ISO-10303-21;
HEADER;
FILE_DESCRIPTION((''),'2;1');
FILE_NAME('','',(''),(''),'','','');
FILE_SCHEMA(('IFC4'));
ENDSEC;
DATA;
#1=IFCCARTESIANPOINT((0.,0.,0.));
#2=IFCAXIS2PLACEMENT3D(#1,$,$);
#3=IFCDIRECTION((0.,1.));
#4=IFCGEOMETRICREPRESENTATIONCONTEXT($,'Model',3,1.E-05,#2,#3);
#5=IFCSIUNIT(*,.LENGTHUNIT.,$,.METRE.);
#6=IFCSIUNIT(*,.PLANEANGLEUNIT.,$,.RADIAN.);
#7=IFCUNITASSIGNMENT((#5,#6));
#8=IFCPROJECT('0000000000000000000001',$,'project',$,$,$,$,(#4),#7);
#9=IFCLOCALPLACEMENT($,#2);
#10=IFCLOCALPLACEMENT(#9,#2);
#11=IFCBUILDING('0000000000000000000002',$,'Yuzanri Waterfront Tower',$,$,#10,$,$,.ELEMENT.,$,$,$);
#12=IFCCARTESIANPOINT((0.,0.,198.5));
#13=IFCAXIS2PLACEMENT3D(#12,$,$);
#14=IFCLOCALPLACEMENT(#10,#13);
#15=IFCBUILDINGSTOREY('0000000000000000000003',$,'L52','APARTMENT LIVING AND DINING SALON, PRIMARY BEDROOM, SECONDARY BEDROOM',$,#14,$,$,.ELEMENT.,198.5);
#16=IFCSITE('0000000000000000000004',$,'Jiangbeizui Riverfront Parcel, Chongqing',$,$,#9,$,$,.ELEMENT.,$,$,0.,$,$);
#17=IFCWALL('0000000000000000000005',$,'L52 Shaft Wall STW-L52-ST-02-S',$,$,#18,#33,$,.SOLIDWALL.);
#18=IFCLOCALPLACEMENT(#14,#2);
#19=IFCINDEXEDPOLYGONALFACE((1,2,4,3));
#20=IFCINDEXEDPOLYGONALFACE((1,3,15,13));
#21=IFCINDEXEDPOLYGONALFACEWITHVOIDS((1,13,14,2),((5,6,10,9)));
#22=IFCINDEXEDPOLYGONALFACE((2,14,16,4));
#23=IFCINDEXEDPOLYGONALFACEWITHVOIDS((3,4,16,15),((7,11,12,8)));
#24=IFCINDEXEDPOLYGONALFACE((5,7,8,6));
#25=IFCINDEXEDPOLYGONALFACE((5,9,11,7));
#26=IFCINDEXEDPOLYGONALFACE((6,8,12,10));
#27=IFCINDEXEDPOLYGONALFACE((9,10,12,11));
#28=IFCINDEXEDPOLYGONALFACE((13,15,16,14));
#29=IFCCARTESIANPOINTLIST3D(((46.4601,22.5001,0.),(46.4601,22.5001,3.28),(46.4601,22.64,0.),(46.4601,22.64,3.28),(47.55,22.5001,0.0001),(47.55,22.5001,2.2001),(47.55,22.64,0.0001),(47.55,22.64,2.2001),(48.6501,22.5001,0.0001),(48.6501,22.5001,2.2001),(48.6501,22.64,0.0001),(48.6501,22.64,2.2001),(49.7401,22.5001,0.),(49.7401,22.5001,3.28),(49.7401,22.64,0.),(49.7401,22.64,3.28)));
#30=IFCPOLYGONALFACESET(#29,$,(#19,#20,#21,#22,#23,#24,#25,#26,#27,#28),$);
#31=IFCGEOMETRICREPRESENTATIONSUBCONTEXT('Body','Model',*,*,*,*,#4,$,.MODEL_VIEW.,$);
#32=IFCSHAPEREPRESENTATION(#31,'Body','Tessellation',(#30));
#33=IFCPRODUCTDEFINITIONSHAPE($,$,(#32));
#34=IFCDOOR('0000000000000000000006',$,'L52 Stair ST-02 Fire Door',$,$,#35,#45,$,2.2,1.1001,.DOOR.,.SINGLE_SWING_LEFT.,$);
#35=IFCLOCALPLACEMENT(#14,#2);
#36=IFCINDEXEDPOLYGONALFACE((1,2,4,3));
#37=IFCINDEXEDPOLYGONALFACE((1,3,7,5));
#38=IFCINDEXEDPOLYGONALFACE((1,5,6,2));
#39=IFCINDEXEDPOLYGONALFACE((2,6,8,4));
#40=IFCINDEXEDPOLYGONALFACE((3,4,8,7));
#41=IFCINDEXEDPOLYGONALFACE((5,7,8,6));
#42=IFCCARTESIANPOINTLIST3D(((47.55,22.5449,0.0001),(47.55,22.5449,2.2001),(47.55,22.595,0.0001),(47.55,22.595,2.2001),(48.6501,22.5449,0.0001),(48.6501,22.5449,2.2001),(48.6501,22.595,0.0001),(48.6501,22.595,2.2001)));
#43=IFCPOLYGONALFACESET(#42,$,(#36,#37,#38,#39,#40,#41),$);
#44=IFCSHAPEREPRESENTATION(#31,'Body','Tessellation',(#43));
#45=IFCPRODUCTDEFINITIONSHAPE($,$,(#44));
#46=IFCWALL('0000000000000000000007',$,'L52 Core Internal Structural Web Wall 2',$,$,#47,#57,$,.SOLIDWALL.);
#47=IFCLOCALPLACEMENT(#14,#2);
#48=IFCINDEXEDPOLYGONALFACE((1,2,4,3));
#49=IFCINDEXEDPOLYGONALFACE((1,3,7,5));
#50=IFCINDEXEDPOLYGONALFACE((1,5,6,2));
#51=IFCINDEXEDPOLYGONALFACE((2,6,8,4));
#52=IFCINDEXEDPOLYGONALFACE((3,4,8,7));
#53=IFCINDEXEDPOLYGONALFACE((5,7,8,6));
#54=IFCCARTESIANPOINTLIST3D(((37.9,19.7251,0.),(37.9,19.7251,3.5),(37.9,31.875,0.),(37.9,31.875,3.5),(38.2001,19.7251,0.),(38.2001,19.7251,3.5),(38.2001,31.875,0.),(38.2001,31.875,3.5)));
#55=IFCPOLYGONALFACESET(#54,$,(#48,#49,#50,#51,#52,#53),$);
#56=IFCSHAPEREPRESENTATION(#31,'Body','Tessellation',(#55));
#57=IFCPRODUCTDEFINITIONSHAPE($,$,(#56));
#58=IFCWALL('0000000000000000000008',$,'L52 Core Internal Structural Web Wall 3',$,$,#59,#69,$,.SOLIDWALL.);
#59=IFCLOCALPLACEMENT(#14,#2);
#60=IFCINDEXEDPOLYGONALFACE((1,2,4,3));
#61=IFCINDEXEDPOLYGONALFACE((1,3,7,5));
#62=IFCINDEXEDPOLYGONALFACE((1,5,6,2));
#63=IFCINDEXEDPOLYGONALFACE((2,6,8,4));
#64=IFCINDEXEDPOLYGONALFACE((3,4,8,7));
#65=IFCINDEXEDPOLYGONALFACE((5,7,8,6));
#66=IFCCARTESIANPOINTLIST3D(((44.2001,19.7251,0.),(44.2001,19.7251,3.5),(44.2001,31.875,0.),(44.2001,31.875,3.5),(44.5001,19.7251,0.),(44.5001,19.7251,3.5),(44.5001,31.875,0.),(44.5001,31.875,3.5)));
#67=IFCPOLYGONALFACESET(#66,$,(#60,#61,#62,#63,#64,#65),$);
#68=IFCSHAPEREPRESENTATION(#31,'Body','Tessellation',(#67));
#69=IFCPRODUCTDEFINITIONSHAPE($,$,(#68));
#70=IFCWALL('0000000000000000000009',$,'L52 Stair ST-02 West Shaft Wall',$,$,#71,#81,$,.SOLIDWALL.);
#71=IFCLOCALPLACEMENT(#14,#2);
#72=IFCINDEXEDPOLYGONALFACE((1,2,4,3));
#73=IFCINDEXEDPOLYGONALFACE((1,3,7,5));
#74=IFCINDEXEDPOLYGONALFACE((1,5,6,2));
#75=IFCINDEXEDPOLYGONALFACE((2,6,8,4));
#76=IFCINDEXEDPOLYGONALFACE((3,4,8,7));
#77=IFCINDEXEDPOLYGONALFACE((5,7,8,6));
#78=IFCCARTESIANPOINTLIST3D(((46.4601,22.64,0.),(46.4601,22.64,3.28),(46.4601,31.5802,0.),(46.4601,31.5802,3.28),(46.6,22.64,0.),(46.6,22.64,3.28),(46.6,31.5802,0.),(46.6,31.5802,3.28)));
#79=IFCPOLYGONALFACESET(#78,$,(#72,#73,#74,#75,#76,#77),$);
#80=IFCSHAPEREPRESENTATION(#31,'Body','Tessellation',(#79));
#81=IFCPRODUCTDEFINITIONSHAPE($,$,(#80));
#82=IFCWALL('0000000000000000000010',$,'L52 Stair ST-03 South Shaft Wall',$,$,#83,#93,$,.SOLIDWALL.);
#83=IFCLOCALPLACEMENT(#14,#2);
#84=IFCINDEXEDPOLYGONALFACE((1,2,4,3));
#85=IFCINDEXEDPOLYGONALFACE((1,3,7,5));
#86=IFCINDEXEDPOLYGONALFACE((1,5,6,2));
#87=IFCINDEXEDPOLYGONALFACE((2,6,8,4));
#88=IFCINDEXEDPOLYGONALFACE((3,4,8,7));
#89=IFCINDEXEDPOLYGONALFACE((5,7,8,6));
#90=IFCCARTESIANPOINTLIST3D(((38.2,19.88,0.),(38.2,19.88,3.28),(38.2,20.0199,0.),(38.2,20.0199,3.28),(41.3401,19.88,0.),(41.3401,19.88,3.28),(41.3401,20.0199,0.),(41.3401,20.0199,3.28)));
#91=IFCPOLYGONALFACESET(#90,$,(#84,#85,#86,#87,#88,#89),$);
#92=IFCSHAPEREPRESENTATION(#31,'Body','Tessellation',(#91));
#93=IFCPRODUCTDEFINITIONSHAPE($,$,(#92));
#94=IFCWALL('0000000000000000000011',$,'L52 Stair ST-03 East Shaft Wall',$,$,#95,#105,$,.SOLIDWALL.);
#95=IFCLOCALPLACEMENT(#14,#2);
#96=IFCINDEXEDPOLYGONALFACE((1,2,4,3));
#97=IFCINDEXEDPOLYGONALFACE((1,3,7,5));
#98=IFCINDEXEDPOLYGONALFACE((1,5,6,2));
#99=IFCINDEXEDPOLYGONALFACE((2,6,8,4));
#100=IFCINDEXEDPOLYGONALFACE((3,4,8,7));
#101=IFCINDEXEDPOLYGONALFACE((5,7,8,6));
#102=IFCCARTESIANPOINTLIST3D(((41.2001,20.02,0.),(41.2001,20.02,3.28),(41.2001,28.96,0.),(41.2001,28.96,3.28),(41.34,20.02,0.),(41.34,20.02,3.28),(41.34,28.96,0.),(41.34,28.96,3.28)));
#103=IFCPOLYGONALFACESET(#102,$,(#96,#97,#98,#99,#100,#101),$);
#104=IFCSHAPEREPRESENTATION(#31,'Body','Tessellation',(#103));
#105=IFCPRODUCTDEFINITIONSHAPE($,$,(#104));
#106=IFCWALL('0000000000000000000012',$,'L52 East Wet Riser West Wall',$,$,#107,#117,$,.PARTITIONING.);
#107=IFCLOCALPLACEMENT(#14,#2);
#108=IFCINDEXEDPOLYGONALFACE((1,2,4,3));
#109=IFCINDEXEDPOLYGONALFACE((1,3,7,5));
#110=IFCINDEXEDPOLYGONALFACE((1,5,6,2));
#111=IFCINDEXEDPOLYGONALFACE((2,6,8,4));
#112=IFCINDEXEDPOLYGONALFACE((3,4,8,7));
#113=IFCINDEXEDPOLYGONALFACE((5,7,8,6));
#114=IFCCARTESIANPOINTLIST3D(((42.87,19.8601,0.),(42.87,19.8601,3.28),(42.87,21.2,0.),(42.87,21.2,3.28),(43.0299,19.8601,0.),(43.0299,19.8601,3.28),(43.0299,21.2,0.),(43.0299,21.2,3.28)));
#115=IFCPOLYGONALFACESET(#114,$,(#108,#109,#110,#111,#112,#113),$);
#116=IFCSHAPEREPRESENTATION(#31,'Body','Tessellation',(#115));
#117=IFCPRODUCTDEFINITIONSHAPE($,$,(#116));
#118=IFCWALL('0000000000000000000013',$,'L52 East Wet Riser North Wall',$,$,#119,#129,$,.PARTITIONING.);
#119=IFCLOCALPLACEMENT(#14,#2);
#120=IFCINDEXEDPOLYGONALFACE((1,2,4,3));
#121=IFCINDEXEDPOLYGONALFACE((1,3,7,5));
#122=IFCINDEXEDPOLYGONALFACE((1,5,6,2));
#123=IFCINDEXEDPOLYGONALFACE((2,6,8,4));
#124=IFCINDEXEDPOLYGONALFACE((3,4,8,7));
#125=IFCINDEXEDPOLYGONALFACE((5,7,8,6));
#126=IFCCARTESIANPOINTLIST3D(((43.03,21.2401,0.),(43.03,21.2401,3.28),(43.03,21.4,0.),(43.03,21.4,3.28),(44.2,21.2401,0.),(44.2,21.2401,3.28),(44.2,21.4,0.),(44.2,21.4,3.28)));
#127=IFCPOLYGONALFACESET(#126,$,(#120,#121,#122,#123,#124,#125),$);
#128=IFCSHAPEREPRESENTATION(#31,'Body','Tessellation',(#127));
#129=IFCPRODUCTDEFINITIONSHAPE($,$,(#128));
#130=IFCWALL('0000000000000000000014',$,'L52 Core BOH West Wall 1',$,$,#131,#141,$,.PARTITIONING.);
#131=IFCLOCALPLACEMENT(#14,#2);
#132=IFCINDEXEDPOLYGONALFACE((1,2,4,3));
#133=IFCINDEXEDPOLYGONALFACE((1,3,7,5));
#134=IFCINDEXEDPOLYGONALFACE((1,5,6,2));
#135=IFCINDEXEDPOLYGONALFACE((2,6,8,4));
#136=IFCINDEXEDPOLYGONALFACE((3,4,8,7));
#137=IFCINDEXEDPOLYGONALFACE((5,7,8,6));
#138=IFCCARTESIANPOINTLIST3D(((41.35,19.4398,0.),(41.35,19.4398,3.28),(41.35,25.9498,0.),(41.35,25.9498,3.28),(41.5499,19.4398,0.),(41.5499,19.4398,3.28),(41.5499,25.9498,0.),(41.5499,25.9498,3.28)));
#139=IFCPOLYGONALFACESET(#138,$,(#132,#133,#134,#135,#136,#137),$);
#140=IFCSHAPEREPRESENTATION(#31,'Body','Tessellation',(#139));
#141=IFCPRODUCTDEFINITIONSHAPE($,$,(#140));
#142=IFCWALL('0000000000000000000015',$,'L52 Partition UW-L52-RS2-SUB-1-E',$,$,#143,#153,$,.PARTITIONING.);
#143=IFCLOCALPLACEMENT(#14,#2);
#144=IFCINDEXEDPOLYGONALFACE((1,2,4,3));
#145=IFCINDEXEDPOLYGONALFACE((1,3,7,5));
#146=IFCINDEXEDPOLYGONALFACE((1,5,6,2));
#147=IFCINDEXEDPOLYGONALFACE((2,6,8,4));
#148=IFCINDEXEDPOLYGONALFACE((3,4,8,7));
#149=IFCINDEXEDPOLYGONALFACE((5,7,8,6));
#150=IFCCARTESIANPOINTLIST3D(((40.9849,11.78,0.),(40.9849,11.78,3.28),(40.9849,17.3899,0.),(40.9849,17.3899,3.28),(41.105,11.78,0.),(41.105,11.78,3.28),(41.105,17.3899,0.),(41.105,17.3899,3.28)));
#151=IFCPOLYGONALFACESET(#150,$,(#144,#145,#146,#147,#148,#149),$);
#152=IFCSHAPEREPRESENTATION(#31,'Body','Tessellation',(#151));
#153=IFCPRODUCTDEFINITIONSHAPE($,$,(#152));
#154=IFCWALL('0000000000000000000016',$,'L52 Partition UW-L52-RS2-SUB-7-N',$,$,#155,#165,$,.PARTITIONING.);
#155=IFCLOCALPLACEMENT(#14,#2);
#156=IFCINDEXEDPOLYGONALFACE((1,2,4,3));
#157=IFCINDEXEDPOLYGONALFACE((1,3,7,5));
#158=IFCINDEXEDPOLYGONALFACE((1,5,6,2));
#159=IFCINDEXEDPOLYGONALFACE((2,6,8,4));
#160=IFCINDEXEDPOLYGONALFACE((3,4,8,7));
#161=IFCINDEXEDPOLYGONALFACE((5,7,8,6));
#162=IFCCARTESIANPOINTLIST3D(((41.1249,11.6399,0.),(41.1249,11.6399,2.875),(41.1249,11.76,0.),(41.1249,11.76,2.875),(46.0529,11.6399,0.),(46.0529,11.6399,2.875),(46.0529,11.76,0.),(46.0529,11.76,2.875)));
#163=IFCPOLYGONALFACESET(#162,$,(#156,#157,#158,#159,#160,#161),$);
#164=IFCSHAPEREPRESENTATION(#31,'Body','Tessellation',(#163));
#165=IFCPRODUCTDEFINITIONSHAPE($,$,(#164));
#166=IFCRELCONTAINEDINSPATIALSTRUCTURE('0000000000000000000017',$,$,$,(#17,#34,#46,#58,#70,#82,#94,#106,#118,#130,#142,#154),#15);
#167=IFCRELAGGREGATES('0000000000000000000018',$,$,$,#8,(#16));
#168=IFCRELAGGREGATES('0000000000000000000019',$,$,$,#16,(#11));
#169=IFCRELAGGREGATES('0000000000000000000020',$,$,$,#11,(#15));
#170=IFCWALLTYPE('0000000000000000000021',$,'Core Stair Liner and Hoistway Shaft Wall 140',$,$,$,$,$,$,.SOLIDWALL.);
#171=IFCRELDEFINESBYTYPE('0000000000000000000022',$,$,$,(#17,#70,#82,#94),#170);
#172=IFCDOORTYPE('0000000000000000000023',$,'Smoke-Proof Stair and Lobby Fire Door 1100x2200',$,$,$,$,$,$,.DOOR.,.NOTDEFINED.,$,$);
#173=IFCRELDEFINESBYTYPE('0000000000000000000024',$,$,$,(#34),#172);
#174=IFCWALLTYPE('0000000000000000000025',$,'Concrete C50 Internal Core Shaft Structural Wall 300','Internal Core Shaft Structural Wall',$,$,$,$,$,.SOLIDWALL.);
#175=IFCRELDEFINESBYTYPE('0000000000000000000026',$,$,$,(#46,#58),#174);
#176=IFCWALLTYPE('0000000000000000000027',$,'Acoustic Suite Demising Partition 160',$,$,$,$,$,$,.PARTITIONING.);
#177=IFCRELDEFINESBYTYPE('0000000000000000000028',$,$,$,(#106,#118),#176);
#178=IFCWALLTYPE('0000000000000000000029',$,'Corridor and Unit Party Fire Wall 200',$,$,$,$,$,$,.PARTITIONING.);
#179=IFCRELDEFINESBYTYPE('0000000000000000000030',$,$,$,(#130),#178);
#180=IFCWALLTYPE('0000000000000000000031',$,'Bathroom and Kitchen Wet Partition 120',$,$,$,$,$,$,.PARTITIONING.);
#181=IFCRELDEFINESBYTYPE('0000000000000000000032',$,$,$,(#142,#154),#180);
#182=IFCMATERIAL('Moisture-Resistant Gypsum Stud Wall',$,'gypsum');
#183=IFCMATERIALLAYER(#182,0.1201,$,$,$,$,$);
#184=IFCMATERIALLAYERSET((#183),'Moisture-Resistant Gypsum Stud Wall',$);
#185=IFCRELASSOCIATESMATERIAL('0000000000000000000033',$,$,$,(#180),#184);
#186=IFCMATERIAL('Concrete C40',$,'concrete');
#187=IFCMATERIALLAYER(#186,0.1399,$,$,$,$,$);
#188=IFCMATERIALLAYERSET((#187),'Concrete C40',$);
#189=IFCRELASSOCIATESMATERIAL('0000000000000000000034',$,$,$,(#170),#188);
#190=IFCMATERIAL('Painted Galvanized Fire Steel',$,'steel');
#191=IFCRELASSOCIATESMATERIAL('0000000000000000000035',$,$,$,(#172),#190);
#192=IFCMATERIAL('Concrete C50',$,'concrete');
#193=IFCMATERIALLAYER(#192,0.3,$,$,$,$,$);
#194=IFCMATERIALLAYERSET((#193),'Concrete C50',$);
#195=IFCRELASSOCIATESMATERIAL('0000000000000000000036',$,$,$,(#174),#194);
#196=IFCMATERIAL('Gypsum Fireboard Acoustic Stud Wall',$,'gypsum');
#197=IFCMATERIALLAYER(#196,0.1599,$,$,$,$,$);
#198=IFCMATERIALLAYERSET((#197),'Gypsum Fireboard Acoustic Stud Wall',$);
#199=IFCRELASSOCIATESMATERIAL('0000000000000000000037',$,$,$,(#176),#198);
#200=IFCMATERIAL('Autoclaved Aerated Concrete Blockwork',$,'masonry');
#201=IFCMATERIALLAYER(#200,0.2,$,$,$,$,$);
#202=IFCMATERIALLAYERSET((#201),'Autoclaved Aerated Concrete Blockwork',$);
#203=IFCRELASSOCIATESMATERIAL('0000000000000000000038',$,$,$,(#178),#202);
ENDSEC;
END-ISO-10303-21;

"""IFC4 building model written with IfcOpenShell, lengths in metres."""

from ifc_helpers import new_model, si_unit, direction, frame, frame_2d, origin, place, context, subcontext, project, spatial, rectangle, extrude, source, transform, mapped, material, layer, layer_set, type_object, element, fill, save


model = new_model("IFC4")

# Units and contexts
model_context = context("Model", 3, precision=1e-05, world=origin(), true_north=direction((0.0, 1.0)))
body_context = subcontext(model_context, "Body", "Model", "MODEL_VIEW")
ifc_project = project(units=[si_unit("LENGTHUNIT", "METRE"), si_unit("PLANEANGLEUNIT", "RADIAN")], contexts=[model_context])

# Site, building, storey
site_placement = place(None, origin())
site = spatial("IfcSite", under=ifc_project, at=site_placement, Name="Jiangbeizui Riverfront Parcel, Chongqing", CompositionType="ELEMENT", RefElevation=0.0)
building_placement = place(site_placement, origin())
building = spatial("IfcBuilding", under=site, at=building_placement, Name="Yuzanri Waterfront Tower", CompositionType="ELEMENT")
storey_placement = place(building_placement, frame((0.0, 0.0, 198.5)))
storey = spatial("IfcBuildingStorey", under=building, at=storey_placement, Name="L52", Description="APARTMENT LIVING AND DINING SALON, PRIMARY BEDROOM, SECONDARY BEDROOM", CompositionType="ELEMENT", Elevation=198.5)

# Wall, opening, door
ifc_material_1 = material(Name="Moisture-Resistant Gypsum Stud Wall", Category="gypsum")
ifc_layer_1 = layer(ifc_material_1, 0.1201)
ifc_layer_set_1 = layer_set([ifc_layer_1], Name="Moisture-Resistant Gypsum Stud Wall")
wall_type_1 = type_object("IfcWallType", Name="Bathroom and Kitchen Wet Partition 120", PredefinedType="PARTITIONING", material=ifc_layer_set_1)
ifc_material_2 = material(Name="Concrete C40", Category="concrete")
ifc_layer_2 = layer(ifc_material_2, 0.1399)
ifc_layer_set_2 = layer_set([ifc_layer_2], Name="Concrete C40")
wall_type_2 = type_object("IfcWallType", Name="Core Stair Liner and Hoistway Shaft Wall 140", PredefinedType="SOLIDWALL", material=ifc_layer_set_2)
wall_1_placement = place(storey_placement, frame((46.46, 22.5701, 0.0), z_axis=(0.0, 0.0, 1.0), x_axis=(1.0, 0.0, 0.0)))
wall_1 = element("IfcWall", 1, at=wall_1_placement, inside=storey, type_object=wall_type_2, Name="L52 Shaft Wall STW-L52-ST-02-S", PredefinedType="SOLIDWALL", context=body_context, shape_type="SweptSolid", body=[
    extrude(rectangle(XDim=3.28, YDim=0.1399, at=frame_2d((1.6401, 0.0))), origin(), (0.0, 0.0, 1.0), 3.28),
])
opening_1_placement = place(wall_1_placement, frame((1.0901, 0.0, 0.0)))
opening_1 = element("IfcOpeningElement", 2, at=opening_1_placement, cuts=wall_1, PredefinedType="OPENING", context=body_context, shape_type="SweptSolid", body=[
    extrude(rectangle(XDim=1.1001, YDim=2.2, at=frame_2d((0.55, 1.1001))), frame((0.0, 0.085, 0.0), z_axis=(0.0, -1.0, 0.0), x_axis=(1.0, 0.0, 0.0)), (0.0, 0.0, 1.0), 0.1697),
])
ifc_material_3 = material(Name="Painted Galvanized Fire Steel", Category="steel")
door_type_1 = type_object("IfcDoorType", Name="Smoke-Proof Stair and Lobby Fire Door 1100x2200", OperationType="NOTDEFINED", PredefinedType="DOOR", material=ifc_material_3)
shared_shape_1 = source(origin(), body_context, "Body", "SweptSolid", [
    extrude(rectangle(XDim=1.1001, YDim=2.2, at=frame_2d((0.55, 1.1001))), frame((0.0, 0.0249, 0.0), z_axis=(0.0, -1.0, 0.0), x_axis=(1.0, 0.0, 0.0)), (0.0, 0.0, 1.0), 0.05),
])
door_1_placement = place(opening_1_placement, origin())
door_1 = element("IfcDoor", 3, at=door_1_placement, inside=storey, type_object=door_type_1, Name="L52 Stair ST-02 Fire Door", OperationType="SINGLE_SWING_LEFT", OverallHeight=2.2, OverallWidth=1.1001, PredefinedType="DOOR", context=body_context, shape_type="MappedRepresentation", body=[
    mapped(shared_shape_1, transform((0.0, 0.0, 0.0), scale=1.0)),
])
fill(opening_1, door_1)

# Walls
ifc_material_4 = material(Name="Concrete C50", Category="concrete")
ifc_layer_3 = layer(ifc_material_4, 0.3)
ifc_layer_set_3 = layer_set([ifc_layer_3], Name="Concrete C50")
wall_type_3 = type_object("IfcWallType", Name="Concrete C50 Internal Core Shaft Structural Wall 300", Description="Internal Core Shaft Structural Wall", PredefinedType="SOLIDWALL", material=ifc_layer_set_3)
shared_shape_2 = source(origin(), body_context, "Body", "SweptSolid", [
    extrude(rectangle(XDim=12.1499, YDim=0.3, at=frame_2d((6.075, 0.0))), origin(), (0.0, 0.0, 1.0), 3.5),
])
for number, where, z_axis, x_axis, name in (
    (4, (38.05, 19.7251, 0.0), (0.0, 0.0, 1.0), (0.0, 1.0, 0.0), "L52 Core Internal Structural Web Wall 2"),
    (5, (44.3501, 19.7251, 0.0), (0.0, 0.0, 1.0), (0.0, 1.0, 0.0), "L52 Core Internal Structural Web Wall 3"),
):
    element("IfcWall", number, at=place(storey_placement, frame(where, z_axis=z_axis, x_axis=x_axis)), inside=storey, type_object=wall_type_3, Name=name, PredefinedType="SOLIDWALL", context=body_context, shape_type="MappedRepresentation", body=[
        mapped(shared_shape_2, transform((0.0, 0.0, 0.0), scale=1.0)),
    ])
shared_shape_3 = source(origin(), body_context, "Body", "SweptSolid", [
    extrude(rectangle(XDim=8.9402, YDim=0.1399, at=frame_2d((4.4702, 0.0))), origin(), (0.0, 0.0, 1.0), 3.28),
])
wall_2_placement = place(storey_placement, frame((46.53, 22.6399, 0.0), z_axis=(0.0, 0.0, 1.0), x_axis=(0.0, 1.0, 0.0)))
element("IfcWall", 6, at=wall_2_placement, inside=storey, type_object=wall_type_2, Name="L52 Stair ST-02 West Shaft Wall", PredefinedType="SOLIDWALL", context=body_context, shape_type="MappedRepresentation", body=[
    mapped(shared_shape_3, transform((0.0, 0.0, 0.0), scale=1.0)),
])
shared_shape_4 = source(origin(), body_context, "Body", "SweptSolid", [
    extrude(rectangle(XDim=3.1401, YDim=0.1399, at=frame_2d((1.5701, 0.0))), origin(), (0.0, 0.0, 1.0), 3.28),
])
wall_3_placement = place(storey_placement, frame((38.2, 19.95, 0.0), z_axis=(0.0, 0.0, 1.0), x_axis=(1.0, 0.0, 0.0)))
element("IfcWall", 7, at=wall_3_placement, inside=storey, type_object=wall_type_2, Name="L52 Stair ST-03 South Shaft Wall", PredefinedType="SOLIDWALL", context=body_context, shape_type="MappedRepresentation", body=[
    mapped(shared_shape_4, transform((0.0, 0.0, 0.0), scale=1.0)),
])
shared_shape_5 = source(origin(), body_context, "Body", "SweptSolid", [
    extrude(rectangle(XDim=8.9399, YDim=0.1399, at=frame_2d((4.47, 0.0))), origin(), (0.0, 0.0, 1.0), 3.28),
])
wall_4_placement = place(storey_placement, frame((41.27, 20.02, 0.0), z_axis=(0.0, 0.0, 1.0), x_axis=(0.0, 1.0, 0.0)))
element("IfcWall", 8, at=wall_4_placement, inside=storey, type_object=wall_type_2, Name="L52 Stair ST-03 East Shaft Wall", PredefinedType="SOLIDWALL", context=body_context, shape_type="MappedRepresentation", body=[
    mapped(shared_shape_5, transform((0.0, 0.0, 0.0), scale=1.0)),
])
ifc_material_5 = material(Name="Gypsum Fireboard Acoustic Stud Wall", Category="gypsum")
ifc_layer_4 = layer(ifc_material_5, 0.1599)
ifc_layer_set_4 = layer_set([ifc_layer_4], Name="Gypsum Fireboard Acoustic Stud Wall")
wall_type_4 = type_object("IfcWallType", Name="Acoustic Suite Demising Partition 160", PredefinedType="PARTITIONING", material=ifc_layer_set_4)
shared_shape_6 = source(origin(), body_context, "Body", "SweptSolid", [
    extrude(rectangle(XDim=1.3398, YDim=0.1599, at=frame_2d((0.6699, 0.0))), origin(), (0.0, 0.0, 1.0), 3.28),
])
wall_5_placement = place(storey_placement, frame((42.95, 19.8601, 0.0), z_axis=(0.0, 0.0, 1.0), x_axis=(0.0, 1.0, 0.0)))
element("IfcWall", 9, at=wall_5_placement, inside=storey, type_object=wall_type_4, Name="L52 East Wet Riser West Wall", PredefinedType="PARTITIONING", context=body_context, shape_type="MappedRepresentation", body=[
    mapped(shared_shape_6, transform((0.0, 0.0, 0.0), scale=1.0)),
])
shared_shape_7 = source(origin(), body_context, "Body", "SweptSolid", [
    extrude(rectangle(XDim=1.1699, YDim=0.1599, at=frame_2d((0.585, 0.0))), origin(), (0.0, 0.0, 1.0), 3.28),
])
wall_6_placement = place(storey_placement, frame((43.03, 21.3201, 0.0), z_axis=(0.0, 0.0, 1.0), x_axis=(1.0, 0.0, 0.0)))
element("IfcWall", 10, at=wall_6_placement, inside=storey, type_object=wall_type_4, Name="L52 East Wet Riser North Wall", PredefinedType="PARTITIONING", context=body_context, shape_type="MappedRepresentation", body=[
    mapped(shared_shape_7, transform((0.0, 0.0, 0.0), scale=1.0)),
])
ifc_material_6 = material(Name="Autoclaved Aerated Concrete Blockwork", Category="masonry")
ifc_layer_5 = layer(ifc_material_6, 0.2)
ifc_layer_set_5 = layer_set([ifc_layer_5], Name="Autoclaved Aerated Concrete Blockwork")
wall_type_5 = type_object("IfcWallType", Name="Corridor and Unit Party Fire Wall 200", PredefinedType="PARTITIONING", material=ifc_layer_set_5)
shared_shape_8 = source(origin(), body_context, "Body", "SweptSolid", [
    extrude(rectangle(XDim=6.51, YDim=0.2, at=frame_2d((3.2549, 0.0))), origin(), (0.0, 0.0, 1.0), 3.28),
])
wall_7_placement = place(storey_placement, frame((41.45, 19.4399, 0.0), z_axis=(0.0, 0.0, 1.0), x_axis=(0.0, 1.0, 0.0)))
element("IfcWall", 11, at=wall_7_placement, inside=storey, type_object=wall_type_5, Name="L52 Core BOH West Wall 1", PredefinedType="PARTITIONING", context=body_context, shape_type="MappedRepresentation", body=[
    mapped(shared_shape_8, transform((0.0, 0.0, 0.0), scale=1.0)),
])
shared_shape_9 = source(origin(), body_context, "Body", "SweptSolid", [
    extrude(rectangle(XDim=5.6099, YDim=0.1201, at=frame_2d((2.8049, 0.0))), origin(), (0.0, 0.0, 1.0), 3.28),
])
wall_8_placement = place(storey_placement, frame((41.0449, 11.78, 0.0), z_axis=(0.0, 0.0, 1.0), x_axis=(0.0, 1.0, 0.0)))
element("IfcWall", 12, at=wall_8_placement, inside=storey, type_object=wall_type_1, Name="L52 Partition UW-L52-RS2-SUB-1-E", PredefinedType="PARTITIONING", context=body_context, shape_type="MappedRepresentation", body=[
    mapped(shared_shape_9, transform((0.0, 0.0, 0.0), scale=1.0)),
])
shared_shape_10 = source(origin(), body_context, "Body", "SweptSolid", [
    extrude(rectangle(XDim=4.928, YDim=0.1201, at=frame_2d((2.4639, 0.0))), origin(), (0.0, 0.0, 1.0), 2.875),
])
wall_9_placement = place(storey_placement, frame((41.125, 11.7, 0.0), z_axis=(0.0, 0.0, 1.0), x_axis=(1.0, 0.0, 0.0)))
element("IfcWall", 13, at=wall_9_placement, inside=storey, type_object=wall_type_1, Name="L52 Partition UW-L52-RS2-SUB-7-N", PredefinedType="PARTITIONING", context=body_context, shape_type="MappedRepresentation", body=[
    mapped(shared_shape_10, transform((0.0, 0.0, 0.0), scale=1.0)),
])

save(model, "model.ifc")
